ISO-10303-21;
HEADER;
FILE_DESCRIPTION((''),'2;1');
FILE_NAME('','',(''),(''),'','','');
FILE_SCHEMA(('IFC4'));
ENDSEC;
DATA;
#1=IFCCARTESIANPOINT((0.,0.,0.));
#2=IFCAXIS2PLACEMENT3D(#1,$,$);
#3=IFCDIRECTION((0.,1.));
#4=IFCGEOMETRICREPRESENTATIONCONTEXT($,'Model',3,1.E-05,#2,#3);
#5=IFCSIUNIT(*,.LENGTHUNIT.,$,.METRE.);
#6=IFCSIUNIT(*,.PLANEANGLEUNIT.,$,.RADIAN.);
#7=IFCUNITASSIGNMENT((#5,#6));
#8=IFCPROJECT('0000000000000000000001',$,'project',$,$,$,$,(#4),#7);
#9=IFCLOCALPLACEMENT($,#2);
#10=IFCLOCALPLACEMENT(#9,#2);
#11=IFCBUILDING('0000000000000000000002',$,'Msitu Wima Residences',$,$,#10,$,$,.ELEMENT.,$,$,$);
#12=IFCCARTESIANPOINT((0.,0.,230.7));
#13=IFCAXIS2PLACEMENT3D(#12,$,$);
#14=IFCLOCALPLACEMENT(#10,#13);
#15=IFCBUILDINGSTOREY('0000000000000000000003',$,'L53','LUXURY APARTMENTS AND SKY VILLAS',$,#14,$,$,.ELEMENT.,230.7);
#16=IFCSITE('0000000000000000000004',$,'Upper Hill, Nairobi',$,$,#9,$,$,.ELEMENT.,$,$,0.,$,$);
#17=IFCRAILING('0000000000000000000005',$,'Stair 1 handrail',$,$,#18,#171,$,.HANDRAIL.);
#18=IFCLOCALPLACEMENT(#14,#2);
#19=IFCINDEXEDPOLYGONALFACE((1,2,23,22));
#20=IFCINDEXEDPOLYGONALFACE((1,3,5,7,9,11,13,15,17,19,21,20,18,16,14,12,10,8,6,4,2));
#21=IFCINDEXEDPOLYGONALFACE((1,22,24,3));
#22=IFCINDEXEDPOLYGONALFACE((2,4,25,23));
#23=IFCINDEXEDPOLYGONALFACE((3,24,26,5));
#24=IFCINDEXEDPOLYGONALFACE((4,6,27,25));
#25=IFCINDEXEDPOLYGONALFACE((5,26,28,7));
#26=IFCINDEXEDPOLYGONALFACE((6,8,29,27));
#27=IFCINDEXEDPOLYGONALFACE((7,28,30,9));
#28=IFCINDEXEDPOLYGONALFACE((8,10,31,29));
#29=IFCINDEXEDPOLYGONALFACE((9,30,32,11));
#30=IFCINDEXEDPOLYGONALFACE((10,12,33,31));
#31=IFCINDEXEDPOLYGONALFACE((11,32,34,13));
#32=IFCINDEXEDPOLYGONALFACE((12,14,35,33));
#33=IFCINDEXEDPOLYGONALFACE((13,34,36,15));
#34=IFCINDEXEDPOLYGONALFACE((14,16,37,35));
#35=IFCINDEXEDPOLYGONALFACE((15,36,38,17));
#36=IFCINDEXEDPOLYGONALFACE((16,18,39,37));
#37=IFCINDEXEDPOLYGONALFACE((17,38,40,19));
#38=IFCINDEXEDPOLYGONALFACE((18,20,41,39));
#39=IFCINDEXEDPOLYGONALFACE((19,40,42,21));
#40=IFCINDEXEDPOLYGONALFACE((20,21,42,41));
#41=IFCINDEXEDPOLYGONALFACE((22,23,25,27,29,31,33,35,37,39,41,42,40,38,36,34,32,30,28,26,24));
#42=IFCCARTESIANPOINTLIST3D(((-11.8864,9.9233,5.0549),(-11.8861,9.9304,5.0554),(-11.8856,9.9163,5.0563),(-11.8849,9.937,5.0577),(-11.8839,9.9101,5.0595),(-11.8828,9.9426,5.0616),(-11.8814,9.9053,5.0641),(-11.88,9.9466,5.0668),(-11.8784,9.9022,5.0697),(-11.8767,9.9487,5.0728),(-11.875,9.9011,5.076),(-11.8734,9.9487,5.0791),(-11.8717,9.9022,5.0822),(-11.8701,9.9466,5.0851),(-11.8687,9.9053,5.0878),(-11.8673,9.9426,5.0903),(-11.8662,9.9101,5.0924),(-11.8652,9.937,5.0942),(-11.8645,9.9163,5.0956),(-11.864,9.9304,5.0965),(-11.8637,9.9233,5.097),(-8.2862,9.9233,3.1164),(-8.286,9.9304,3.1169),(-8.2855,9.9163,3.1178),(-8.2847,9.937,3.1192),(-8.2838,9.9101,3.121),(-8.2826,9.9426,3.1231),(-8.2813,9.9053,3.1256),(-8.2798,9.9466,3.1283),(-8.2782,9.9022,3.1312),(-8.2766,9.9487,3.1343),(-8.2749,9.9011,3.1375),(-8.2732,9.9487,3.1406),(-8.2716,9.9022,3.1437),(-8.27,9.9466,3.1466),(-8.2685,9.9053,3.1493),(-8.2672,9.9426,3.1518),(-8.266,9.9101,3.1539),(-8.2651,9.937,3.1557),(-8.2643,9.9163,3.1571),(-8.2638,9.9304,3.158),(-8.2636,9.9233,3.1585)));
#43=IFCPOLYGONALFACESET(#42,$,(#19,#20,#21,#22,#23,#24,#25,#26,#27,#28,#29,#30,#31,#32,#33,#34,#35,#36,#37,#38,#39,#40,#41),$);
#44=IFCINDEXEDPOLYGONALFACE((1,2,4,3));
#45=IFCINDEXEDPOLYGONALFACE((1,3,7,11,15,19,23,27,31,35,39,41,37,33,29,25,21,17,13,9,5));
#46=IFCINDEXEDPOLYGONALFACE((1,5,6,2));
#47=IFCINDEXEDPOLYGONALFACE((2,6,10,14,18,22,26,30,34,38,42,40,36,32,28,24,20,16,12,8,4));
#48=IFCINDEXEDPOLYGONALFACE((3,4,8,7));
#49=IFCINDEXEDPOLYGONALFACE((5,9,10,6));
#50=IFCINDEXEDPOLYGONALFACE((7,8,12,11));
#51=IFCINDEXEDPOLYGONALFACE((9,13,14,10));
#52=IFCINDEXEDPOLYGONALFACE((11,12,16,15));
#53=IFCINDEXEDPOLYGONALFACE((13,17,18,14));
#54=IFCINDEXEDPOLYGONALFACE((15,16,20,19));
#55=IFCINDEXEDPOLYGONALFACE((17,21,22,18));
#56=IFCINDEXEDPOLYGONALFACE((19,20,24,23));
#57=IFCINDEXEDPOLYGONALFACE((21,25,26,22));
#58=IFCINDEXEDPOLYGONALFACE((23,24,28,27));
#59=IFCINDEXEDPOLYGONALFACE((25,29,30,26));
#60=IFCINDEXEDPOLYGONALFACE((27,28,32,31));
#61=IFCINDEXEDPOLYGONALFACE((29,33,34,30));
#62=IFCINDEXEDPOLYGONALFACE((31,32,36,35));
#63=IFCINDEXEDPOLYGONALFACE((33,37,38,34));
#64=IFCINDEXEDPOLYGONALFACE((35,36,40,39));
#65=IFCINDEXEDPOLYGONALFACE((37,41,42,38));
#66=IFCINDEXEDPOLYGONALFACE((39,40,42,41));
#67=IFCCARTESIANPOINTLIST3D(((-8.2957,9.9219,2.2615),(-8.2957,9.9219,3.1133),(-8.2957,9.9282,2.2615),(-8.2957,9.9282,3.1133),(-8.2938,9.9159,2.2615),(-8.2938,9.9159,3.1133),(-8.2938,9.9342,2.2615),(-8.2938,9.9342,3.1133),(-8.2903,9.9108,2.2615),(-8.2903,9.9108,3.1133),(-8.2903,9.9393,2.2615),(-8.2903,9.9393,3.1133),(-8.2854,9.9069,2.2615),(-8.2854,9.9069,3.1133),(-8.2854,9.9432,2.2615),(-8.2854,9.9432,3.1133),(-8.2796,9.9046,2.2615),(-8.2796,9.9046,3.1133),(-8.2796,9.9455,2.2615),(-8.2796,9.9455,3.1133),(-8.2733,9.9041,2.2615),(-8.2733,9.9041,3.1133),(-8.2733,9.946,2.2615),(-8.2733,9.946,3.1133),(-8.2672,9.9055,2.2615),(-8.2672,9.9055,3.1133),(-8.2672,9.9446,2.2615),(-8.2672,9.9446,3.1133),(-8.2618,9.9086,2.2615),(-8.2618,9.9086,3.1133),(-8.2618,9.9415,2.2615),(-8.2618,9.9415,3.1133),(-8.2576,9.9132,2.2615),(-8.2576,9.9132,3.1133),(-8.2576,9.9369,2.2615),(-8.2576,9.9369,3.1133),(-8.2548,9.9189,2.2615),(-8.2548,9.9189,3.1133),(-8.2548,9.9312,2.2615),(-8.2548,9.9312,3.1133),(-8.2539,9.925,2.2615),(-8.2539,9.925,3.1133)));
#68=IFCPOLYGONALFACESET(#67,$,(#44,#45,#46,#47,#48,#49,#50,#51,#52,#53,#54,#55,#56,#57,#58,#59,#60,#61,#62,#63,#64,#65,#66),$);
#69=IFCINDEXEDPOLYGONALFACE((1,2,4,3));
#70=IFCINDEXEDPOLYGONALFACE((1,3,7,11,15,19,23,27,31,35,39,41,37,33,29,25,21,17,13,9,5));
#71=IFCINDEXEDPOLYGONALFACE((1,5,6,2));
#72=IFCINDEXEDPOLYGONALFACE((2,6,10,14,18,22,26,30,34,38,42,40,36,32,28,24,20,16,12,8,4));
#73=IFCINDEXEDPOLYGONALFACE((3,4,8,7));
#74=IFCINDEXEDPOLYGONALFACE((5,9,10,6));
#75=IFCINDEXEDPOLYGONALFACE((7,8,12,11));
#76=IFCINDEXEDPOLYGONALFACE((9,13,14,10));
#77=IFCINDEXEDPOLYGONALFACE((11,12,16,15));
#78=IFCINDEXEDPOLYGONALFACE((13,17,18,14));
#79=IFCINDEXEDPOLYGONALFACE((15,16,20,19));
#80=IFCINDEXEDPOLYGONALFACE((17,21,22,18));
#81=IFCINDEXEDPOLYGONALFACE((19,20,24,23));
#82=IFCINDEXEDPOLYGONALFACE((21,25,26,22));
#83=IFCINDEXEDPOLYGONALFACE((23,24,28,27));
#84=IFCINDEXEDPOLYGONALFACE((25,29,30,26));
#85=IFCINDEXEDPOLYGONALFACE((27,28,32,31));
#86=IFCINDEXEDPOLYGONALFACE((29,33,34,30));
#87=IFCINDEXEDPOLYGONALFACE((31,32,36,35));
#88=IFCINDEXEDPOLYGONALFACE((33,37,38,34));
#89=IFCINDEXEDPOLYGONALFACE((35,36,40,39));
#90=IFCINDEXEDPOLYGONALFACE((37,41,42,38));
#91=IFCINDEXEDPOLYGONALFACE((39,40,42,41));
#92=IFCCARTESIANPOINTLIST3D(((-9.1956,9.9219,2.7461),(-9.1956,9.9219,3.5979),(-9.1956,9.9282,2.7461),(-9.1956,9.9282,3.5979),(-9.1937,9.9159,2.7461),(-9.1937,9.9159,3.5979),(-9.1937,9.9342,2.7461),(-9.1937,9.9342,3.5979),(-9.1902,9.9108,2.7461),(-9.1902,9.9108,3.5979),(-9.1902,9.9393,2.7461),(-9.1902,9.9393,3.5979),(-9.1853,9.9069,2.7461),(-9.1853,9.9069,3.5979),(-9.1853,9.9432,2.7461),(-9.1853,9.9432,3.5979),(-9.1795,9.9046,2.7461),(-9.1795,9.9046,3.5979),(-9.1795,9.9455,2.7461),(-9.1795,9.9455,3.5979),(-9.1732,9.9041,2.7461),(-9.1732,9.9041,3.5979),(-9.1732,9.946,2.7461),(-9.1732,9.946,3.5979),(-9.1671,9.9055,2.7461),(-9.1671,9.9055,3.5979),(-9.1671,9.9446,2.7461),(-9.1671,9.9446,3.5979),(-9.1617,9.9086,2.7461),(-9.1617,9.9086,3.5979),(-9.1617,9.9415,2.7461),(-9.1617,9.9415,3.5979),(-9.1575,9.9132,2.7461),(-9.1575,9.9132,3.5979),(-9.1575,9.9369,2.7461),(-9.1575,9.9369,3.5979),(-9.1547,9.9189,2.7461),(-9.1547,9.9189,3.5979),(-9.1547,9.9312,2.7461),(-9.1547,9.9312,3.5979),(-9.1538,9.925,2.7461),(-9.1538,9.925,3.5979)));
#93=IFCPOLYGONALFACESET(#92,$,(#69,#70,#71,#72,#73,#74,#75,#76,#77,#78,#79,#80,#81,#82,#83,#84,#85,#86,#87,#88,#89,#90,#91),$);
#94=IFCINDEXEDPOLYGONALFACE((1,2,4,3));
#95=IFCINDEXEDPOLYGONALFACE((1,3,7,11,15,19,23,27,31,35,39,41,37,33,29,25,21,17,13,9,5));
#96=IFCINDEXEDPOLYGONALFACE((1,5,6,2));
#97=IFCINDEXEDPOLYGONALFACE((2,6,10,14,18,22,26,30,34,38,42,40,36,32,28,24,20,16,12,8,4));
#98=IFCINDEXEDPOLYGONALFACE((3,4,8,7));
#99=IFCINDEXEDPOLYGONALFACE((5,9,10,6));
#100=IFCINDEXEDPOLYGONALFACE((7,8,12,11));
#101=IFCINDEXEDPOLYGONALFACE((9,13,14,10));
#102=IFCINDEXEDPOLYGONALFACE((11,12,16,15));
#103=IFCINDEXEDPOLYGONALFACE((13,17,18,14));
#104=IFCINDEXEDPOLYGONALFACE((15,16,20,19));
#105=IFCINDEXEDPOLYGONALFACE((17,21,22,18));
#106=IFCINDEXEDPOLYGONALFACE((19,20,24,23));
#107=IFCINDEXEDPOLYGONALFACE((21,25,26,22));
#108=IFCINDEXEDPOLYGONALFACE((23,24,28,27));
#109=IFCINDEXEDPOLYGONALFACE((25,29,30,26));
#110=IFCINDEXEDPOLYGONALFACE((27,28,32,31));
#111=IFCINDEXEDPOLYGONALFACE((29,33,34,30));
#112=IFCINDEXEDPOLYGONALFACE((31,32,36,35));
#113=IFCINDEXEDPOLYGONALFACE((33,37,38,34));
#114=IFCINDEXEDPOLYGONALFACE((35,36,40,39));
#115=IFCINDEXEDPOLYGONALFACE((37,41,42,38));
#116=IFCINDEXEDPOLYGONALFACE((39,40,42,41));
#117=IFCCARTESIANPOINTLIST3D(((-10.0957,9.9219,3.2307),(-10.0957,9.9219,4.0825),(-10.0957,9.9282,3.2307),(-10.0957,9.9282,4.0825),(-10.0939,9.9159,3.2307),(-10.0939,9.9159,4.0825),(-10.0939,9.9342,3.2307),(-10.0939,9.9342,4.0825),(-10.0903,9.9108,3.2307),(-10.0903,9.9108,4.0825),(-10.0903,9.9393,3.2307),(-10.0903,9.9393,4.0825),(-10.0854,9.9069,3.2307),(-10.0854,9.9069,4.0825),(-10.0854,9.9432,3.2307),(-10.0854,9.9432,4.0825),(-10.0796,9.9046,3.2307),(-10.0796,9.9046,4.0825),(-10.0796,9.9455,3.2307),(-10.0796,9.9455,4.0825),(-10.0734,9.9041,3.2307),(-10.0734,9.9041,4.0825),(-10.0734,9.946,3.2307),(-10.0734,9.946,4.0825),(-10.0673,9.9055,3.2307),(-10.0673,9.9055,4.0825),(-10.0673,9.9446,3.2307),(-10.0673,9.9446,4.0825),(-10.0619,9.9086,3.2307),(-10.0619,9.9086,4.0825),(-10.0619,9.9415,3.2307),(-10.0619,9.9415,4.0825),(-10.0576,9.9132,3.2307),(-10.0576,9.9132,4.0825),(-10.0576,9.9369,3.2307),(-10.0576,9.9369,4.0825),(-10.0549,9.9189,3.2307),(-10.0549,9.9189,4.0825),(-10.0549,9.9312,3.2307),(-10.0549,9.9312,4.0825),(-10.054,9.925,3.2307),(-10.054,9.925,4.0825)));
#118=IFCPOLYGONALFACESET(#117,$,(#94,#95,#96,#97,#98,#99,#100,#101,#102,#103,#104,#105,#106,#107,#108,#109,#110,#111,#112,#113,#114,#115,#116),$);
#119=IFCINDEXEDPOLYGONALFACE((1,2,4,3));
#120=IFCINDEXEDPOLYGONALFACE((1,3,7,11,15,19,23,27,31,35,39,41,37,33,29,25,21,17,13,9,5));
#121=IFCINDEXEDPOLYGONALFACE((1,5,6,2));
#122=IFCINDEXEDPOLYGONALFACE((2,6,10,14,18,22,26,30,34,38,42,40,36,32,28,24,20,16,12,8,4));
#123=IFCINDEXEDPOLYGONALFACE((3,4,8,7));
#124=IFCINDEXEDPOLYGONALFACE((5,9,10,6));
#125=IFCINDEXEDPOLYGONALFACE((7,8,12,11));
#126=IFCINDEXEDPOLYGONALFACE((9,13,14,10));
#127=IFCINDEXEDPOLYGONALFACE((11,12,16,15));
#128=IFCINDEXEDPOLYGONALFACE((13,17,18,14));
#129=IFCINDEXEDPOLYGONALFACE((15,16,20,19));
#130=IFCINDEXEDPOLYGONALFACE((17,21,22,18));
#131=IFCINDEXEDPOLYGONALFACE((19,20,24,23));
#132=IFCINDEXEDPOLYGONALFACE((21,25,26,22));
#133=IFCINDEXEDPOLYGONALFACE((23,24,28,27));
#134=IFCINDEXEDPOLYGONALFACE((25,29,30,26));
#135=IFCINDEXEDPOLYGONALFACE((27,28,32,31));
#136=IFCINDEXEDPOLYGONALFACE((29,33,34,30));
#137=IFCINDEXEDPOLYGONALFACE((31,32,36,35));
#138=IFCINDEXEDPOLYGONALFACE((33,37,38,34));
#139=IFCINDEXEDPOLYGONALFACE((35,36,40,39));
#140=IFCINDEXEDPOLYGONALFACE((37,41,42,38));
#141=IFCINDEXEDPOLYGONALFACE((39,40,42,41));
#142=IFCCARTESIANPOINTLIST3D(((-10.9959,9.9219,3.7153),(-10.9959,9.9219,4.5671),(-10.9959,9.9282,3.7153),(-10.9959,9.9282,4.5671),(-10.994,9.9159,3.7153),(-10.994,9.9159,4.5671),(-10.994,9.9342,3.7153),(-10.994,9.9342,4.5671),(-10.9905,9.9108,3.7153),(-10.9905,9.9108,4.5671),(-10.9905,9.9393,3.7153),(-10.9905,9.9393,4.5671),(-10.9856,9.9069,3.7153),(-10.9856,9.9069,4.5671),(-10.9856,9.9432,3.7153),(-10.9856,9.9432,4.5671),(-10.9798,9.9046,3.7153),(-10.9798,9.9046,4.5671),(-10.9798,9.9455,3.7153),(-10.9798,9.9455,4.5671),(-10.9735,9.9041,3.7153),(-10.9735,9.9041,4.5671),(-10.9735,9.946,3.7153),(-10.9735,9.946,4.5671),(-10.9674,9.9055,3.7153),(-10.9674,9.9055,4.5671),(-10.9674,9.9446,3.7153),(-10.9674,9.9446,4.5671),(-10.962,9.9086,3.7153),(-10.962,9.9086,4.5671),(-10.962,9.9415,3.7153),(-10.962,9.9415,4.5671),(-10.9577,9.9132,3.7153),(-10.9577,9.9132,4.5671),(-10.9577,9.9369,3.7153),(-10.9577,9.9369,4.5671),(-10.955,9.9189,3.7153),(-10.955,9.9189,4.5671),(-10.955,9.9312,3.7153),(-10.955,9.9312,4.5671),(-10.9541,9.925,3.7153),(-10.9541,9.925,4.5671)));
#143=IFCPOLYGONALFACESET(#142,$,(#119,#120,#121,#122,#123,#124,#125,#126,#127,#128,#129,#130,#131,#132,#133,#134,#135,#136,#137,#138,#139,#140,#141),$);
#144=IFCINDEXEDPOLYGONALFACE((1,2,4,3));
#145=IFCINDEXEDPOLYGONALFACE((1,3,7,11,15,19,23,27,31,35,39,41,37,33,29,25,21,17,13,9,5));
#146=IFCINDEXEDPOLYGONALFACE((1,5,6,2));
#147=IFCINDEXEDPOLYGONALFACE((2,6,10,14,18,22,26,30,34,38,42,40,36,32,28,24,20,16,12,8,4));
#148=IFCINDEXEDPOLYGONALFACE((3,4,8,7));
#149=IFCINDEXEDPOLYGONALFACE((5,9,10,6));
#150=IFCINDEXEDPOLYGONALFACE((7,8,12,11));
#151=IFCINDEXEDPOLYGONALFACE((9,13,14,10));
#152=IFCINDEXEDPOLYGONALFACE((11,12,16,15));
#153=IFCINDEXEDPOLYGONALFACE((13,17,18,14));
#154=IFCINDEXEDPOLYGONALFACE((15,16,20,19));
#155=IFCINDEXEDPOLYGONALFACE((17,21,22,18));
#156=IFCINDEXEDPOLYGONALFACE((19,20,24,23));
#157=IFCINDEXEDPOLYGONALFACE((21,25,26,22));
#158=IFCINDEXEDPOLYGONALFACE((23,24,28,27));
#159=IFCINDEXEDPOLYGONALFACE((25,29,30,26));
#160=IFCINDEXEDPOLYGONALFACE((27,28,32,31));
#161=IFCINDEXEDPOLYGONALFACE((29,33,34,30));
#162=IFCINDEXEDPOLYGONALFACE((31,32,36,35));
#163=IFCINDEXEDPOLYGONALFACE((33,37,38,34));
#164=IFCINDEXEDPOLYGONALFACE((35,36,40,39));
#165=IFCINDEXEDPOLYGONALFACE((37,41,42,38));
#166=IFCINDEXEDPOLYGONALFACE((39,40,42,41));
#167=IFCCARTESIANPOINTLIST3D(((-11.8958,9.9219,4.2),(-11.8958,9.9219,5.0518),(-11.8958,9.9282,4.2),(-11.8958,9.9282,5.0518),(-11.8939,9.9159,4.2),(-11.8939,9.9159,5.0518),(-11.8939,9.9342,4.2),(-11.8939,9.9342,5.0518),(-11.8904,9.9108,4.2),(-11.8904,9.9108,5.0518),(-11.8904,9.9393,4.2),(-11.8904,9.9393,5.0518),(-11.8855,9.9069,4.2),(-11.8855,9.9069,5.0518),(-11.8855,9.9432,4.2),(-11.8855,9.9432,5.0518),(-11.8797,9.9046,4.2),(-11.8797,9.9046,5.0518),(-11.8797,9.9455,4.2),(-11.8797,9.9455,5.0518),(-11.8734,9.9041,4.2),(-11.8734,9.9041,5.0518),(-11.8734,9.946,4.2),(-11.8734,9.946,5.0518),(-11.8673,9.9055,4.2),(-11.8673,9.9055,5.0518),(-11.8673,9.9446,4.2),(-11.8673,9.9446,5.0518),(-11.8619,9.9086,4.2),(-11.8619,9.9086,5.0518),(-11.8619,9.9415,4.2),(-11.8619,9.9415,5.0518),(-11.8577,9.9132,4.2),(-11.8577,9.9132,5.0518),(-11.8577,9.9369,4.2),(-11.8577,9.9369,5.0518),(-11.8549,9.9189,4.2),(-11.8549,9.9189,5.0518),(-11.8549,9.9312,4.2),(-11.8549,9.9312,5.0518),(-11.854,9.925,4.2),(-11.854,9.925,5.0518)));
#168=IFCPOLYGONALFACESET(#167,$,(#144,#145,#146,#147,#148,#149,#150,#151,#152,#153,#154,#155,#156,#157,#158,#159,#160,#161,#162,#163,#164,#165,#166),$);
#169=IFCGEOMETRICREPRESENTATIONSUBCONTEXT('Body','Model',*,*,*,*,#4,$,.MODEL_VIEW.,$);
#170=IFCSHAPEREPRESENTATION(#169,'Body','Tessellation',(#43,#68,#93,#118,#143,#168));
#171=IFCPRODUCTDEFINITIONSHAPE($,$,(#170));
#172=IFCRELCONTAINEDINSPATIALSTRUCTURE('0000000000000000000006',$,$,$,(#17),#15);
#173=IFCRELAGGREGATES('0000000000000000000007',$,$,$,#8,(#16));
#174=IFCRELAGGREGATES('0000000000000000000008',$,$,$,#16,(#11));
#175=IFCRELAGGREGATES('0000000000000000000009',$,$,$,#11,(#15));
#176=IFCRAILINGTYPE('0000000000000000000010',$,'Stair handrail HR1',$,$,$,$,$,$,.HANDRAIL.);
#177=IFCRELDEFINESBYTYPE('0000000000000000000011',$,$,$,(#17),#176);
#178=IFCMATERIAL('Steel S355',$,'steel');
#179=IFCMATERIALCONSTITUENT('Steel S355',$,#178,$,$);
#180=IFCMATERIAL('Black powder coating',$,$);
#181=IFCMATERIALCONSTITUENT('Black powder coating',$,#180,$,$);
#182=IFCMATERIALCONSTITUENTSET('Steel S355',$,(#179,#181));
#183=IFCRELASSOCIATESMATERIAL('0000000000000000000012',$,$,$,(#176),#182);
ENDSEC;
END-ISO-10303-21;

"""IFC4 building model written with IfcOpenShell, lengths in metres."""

from ifc_helpers import new_model, si_unit, direction, frame, origin, origin_2d, place, context, subcontext, project, spatial, circle, extrude, material, constituent, constituent_set, type_object, element, save


model = new_model("IFC4")

# Units and contexts
model_context = context("Model", 3, precision=1e-05, world=origin(), true_north=direction((0.0, 1.0)))
body_context = subcontext(model_context, "Body", "Model", "MODEL_VIEW")
ifc_project = project(units=[si_unit("LENGTHUNIT", "METRE"), si_unit("PLANEANGLEUNIT", "RADIAN")], contexts=[model_context])

# Site, building, storey
site_placement = place(None, origin())
site = spatial("IfcSite", under=ifc_project, at=site_placement, Name="Upper Hill, Nairobi", CompositionType="ELEMENT", RefElevation=0.0)
building_placement = place(site_placement, origin())
building = spatial("IfcBuilding", under=site, at=building_placement, Name="Msitu Wima Residences", CompositionType="ELEMENT")
storey_placement = place(building_placement, frame((0.0, 0.0, 230.7)))
storey = spatial("IfcBuildingStorey", under=building, at=storey_placement, Name="L53", Description="LUXURY APARTMENTS AND SKY VILLAS", CompositionType="ELEMENT", Elevation=230.7)

# Railing
ifc_material_1 = material(Name="Steel S355", Category="steel")
ifc_constituent_1 = constituent(ifc_material_1, Name="Steel S355")
ifc_material_2 = material(Name="Black powder coating")
ifc_constituent_2 = constituent(ifc_material_2, Name="Black powder coating")
ifc_constituent_set = constituent_set(constituents=[ifc_constituent_1, ifc_constituent_2], Name="Steel S355")
railing_type = type_object("IfcRailingType", Name="Stair handrail HR1", PredefinedType="HANDRAIL", material=ifc_constituent_set)
for number, where, name in (
    (1, (-8.2749, 9.925, 2.2615), "Stair 1 handrail"),
):
    element("IfcRailing", number, at=place(storey_placement, frame(where)), inside=storey, type_object=railing_type, Name=name, PredefinedType="HANDRAIL", context=body_context, shape_type="SweptSolid", body=[
        extrude(circle(Radius=0.0239, at=origin_2d()), frame((0.0, 0.0, 0.876), z_axis=(-0.880475, 0.0, 0.474093), x_axis=(0.0, -1.0, 0.0)), (0.0, 0.0, 1.0), 4.0889),
        extrude(circle(Radius=0.021, at=origin_2d()), origin(), (0.0, 0.0, 1.0), 0.8518),
        extrude(circle(Radius=0.021, at=origin_2d()), frame((-0.8999, 0.0, 0.4846)), (0.0, 0.0, 1.0), 0.8518),
        extrude(circle(Radius=0.021, at=origin_2d()), frame((-1.8, 0.0, 0.9692)), (0.0, 0.0, 1.0), 0.8518),
        extrude(circle(Radius=0.021, at=origin_2d()), frame((-2.7002, 0.0, 1.4539)), (0.0, 0.0, 1.0), 0.8518),
        extrude(circle(Radius=0.021, at=origin_2d()), frame((-3.6001, 0.0, 1.9385)), (0.0, 0.0, 1.0), 0.8518),
    ])

save(model, "model.ifc")
